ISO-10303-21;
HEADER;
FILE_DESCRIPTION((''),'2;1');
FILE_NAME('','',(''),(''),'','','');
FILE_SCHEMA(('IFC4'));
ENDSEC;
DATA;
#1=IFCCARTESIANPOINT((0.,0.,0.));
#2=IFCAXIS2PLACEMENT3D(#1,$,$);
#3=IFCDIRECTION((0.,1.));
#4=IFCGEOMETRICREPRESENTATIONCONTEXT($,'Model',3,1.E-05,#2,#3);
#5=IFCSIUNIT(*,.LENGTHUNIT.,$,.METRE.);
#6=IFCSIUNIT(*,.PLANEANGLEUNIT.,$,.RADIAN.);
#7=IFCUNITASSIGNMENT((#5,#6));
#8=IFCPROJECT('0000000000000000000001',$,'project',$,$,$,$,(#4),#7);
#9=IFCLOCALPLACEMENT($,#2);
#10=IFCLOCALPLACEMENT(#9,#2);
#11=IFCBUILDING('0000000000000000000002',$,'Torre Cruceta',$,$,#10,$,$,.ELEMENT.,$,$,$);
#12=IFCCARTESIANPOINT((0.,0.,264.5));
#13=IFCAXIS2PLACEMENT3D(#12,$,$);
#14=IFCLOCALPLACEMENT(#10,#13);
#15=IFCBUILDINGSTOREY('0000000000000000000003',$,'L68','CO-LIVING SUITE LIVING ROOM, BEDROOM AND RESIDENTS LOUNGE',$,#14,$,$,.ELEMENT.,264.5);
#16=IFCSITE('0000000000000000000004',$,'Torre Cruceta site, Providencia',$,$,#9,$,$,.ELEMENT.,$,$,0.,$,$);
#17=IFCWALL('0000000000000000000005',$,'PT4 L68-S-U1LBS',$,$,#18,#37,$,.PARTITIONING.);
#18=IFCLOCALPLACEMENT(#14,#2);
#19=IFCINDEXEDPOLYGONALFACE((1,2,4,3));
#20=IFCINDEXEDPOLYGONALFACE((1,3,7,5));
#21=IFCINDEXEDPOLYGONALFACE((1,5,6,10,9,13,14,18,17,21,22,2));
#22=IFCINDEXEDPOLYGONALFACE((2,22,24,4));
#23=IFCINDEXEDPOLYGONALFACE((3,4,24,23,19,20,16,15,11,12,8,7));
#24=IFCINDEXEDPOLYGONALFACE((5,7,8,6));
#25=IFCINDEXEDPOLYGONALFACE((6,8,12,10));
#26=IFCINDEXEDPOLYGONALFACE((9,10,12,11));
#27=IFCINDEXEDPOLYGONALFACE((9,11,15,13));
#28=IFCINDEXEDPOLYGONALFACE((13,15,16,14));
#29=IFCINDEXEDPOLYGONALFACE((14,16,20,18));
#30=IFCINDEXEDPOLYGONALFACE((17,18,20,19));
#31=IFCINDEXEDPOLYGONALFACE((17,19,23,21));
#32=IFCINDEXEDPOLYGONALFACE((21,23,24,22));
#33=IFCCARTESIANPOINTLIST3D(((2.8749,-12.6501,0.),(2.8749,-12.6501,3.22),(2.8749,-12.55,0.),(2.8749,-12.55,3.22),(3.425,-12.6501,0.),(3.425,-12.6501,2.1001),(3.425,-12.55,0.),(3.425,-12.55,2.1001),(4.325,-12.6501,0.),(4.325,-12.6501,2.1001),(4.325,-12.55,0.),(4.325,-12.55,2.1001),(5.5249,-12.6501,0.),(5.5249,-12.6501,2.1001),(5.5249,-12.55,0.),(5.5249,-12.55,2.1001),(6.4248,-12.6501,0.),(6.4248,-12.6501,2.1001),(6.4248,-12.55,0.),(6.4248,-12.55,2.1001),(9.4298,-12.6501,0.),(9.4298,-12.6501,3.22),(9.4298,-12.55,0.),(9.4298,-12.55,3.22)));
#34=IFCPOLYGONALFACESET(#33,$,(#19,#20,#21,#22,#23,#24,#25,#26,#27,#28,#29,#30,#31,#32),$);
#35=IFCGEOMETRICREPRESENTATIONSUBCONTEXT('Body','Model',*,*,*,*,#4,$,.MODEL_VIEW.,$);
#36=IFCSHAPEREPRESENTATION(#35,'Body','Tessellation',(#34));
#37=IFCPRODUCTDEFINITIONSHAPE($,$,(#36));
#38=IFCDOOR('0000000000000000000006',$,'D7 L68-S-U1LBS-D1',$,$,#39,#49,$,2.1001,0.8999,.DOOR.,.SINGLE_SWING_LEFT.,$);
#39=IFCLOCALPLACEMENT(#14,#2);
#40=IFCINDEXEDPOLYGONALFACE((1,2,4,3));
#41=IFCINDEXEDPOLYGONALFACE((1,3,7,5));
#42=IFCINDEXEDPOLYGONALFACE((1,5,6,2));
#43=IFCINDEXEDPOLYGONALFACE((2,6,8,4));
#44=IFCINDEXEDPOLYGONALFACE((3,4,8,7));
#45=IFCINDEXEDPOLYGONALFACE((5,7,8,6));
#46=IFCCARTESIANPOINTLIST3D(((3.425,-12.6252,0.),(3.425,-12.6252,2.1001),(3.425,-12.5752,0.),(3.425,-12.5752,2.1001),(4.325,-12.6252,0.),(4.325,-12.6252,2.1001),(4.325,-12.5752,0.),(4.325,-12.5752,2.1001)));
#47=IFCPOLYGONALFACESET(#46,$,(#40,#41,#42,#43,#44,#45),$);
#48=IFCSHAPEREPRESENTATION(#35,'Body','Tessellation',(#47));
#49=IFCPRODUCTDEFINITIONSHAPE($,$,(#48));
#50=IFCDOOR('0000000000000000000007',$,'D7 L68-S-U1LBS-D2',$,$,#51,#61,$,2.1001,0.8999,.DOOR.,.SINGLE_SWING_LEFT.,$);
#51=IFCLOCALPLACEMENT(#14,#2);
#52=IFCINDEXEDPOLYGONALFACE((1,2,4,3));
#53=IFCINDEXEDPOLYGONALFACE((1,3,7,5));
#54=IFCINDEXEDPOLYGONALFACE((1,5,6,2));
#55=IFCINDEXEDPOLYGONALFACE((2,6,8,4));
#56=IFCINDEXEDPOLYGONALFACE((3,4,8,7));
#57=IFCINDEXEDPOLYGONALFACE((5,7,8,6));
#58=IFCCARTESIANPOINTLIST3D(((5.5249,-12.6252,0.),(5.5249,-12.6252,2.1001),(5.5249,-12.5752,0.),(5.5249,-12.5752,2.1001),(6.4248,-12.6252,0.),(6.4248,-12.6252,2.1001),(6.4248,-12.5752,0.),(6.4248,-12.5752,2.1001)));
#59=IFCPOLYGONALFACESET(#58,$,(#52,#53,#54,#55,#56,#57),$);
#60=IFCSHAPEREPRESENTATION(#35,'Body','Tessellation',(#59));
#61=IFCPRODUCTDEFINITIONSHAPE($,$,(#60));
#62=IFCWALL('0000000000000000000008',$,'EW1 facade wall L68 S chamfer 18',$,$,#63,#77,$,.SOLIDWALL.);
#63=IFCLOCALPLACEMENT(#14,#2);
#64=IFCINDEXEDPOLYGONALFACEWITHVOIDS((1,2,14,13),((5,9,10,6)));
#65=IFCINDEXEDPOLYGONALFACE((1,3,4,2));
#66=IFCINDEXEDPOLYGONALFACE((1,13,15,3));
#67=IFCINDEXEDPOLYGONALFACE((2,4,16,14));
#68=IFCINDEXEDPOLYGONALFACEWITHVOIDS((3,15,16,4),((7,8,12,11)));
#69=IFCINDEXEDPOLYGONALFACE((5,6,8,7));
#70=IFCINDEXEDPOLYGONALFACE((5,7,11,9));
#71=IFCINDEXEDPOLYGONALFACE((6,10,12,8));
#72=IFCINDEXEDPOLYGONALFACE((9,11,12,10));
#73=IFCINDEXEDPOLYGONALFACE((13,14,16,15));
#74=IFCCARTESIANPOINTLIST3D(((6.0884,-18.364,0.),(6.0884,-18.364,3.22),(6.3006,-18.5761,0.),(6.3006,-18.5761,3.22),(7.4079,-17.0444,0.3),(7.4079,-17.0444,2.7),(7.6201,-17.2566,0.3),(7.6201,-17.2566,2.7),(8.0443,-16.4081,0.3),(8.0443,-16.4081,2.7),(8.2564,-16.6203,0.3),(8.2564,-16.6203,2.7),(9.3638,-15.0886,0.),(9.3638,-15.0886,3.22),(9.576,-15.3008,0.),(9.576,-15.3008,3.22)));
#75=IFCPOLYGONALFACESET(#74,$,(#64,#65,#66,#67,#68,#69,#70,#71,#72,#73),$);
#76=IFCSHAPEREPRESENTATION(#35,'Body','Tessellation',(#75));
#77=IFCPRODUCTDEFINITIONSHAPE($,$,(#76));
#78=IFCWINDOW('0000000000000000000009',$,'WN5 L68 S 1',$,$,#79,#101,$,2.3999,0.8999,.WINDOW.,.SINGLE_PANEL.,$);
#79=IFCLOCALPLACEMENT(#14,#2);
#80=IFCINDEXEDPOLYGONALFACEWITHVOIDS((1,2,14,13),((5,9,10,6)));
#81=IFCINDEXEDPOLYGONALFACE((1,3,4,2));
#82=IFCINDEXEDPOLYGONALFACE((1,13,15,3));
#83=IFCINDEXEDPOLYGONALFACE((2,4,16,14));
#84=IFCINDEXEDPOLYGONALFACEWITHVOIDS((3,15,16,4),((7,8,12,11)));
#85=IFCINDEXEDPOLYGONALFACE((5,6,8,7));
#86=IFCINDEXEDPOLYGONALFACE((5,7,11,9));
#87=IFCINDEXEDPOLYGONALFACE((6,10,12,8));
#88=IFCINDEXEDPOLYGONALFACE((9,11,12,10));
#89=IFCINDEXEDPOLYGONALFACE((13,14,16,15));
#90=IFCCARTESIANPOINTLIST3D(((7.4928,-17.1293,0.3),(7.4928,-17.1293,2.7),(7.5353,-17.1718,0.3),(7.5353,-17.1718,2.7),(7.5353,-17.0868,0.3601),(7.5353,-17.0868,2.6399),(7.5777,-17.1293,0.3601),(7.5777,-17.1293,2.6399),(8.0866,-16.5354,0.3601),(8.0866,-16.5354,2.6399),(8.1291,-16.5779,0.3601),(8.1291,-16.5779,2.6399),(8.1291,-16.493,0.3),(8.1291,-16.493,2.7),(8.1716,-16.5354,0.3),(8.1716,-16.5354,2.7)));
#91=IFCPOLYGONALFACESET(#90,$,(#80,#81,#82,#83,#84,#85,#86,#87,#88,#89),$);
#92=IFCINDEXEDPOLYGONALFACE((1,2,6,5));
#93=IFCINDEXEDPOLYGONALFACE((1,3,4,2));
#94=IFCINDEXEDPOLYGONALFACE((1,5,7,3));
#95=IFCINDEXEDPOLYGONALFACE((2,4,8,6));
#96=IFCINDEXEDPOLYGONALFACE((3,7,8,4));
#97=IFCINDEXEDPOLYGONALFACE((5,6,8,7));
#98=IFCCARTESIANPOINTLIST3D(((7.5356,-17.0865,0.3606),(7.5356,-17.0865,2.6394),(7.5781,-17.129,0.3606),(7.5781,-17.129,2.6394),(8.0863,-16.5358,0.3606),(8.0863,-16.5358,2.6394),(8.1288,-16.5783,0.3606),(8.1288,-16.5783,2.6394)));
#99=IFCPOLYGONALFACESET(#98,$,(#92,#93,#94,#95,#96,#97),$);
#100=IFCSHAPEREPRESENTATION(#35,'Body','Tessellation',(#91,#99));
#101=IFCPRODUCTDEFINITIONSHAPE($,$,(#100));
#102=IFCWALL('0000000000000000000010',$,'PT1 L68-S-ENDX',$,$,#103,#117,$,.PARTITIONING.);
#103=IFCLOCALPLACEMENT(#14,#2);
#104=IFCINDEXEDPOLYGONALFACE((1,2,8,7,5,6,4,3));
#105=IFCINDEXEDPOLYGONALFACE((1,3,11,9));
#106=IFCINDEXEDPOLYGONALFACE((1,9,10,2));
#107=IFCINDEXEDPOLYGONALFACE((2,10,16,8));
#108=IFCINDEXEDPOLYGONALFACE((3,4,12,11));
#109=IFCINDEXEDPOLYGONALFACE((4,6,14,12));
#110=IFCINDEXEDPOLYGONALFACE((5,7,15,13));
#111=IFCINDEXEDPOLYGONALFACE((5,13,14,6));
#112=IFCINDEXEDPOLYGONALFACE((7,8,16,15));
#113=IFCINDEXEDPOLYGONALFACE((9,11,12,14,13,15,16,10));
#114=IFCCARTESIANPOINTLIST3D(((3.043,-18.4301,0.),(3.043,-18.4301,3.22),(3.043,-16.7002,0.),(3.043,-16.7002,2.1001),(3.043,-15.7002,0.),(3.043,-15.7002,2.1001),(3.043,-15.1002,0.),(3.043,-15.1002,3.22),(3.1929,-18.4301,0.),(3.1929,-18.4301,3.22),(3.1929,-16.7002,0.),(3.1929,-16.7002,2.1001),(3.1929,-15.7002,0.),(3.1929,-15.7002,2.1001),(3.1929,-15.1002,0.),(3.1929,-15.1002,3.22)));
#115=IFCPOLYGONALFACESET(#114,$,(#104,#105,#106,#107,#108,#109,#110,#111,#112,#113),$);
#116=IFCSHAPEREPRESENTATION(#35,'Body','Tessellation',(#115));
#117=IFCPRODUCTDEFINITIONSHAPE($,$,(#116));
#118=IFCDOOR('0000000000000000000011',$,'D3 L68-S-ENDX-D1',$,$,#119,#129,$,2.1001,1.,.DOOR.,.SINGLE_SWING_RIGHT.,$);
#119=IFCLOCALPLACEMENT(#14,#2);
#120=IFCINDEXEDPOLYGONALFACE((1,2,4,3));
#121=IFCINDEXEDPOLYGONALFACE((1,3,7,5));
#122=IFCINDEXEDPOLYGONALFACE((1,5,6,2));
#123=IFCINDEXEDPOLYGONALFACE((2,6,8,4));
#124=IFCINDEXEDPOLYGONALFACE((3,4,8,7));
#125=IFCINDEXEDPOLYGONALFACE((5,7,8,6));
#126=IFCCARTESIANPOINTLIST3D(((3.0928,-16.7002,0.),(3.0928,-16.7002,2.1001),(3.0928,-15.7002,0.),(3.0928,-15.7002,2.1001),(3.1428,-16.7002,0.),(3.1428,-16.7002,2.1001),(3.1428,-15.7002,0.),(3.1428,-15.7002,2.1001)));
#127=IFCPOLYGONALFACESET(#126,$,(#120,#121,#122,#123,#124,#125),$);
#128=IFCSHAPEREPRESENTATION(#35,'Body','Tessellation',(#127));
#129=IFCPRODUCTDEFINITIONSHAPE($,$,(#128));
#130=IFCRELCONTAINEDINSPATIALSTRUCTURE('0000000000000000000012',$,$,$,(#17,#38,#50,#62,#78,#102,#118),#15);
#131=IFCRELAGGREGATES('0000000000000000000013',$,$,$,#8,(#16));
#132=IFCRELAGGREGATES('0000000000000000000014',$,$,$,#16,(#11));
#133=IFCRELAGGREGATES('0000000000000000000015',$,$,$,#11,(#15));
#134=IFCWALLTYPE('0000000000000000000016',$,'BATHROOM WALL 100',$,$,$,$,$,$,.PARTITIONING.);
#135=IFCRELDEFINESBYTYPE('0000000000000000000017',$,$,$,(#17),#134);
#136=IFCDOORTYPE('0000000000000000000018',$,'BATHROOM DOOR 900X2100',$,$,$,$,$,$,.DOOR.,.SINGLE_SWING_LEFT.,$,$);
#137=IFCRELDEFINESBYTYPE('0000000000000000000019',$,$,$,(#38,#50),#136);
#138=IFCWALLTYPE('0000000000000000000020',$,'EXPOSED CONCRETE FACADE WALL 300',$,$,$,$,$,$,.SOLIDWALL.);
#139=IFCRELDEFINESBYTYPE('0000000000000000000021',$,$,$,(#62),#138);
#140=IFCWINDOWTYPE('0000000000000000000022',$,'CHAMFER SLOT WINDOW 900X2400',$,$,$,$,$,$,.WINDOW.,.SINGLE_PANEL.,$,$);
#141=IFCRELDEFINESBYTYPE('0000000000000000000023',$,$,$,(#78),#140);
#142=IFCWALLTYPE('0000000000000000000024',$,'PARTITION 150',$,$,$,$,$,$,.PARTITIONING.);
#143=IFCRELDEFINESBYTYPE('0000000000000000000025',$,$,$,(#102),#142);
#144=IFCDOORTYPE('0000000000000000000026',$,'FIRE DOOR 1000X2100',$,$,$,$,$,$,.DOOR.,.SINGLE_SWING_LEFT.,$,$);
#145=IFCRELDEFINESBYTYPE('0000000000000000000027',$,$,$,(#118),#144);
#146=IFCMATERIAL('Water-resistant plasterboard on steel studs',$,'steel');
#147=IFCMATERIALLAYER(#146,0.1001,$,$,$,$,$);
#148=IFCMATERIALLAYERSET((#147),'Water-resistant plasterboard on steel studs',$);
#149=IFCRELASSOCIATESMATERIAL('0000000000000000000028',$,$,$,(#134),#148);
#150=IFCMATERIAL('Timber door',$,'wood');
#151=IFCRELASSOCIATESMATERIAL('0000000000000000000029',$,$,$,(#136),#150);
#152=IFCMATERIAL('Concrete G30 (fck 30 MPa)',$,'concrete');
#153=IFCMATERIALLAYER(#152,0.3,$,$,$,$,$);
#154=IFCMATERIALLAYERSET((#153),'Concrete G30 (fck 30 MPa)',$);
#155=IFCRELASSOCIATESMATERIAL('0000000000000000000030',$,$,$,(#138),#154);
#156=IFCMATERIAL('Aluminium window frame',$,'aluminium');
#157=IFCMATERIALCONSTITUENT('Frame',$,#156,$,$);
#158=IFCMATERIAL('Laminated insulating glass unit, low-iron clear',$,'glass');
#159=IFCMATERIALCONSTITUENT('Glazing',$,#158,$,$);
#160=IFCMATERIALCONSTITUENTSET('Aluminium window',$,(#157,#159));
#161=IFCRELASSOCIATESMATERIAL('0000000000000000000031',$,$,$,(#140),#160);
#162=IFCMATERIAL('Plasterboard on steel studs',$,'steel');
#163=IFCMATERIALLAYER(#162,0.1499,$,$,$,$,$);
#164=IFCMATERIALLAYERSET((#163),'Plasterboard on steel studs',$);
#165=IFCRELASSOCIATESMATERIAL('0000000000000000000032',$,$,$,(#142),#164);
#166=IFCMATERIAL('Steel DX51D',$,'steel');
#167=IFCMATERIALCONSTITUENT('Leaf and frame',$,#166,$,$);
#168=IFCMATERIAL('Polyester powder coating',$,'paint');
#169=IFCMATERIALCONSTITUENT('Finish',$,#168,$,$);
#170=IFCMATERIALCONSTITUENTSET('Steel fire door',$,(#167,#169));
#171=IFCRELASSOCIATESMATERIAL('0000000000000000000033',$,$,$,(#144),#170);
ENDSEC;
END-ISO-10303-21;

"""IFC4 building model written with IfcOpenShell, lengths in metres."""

from ifc_helpers import new_model, si_unit, direction, frame, frame_2d, origin, place, context, subcontext, project, spatial, rectangle, hollow_rectangle, extrude, material, layer, layer_set, constituent, constituent_set, type_object, element, fill, save


model = new_model("IFC4")

# Units and contexts
model_context = context("Model", 3, precision=1e-05, world=origin(), true_north=direction((0.0, 1.0)))
body_context = subcontext(model_context, "Body", "Model", "MODEL_VIEW")
ifc_project = project(units=[si_unit("LENGTHUNIT", "METRE"), si_unit("PLANEANGLEUNIT", "RADIAN")], contexts=[model_context])

# Site, building, storey
site_placement = place(None, origin())
site = spatial("IfcSite", under=ifc_project, at=site_placement, Name="Torre Cruceta site, Providencia", CompositionType="ELEMENT", RefElevation=0.0)
building_placement = place(site_placement, origin())
building = spatial("IfcBuilding", under=site, at=building_placement, Name="Torre Cruceta", CompositionType="ELEMENT")
storey_placement = place(building_placement, frame((0.0, 0.0, 264.5)))
storey = spatial("IfcBuildingStorey", under=building, at=storey_placement, Name="L68", Description="CO-LIVING SUITE LIVING ROOM, BEDROOM AND RESIDENTS LOUNGE", CompositionType="ELEMENT", Elevation=264.5)

# Wall, openings, doors
ifc_material_1 = material(Name="Water-resistant plasterboard on steel studs", Category="steel")
ifc_layer_1 = layer(ifc_material_1, 0.1001)
ifc_layer_set_1 = layer_set([ifc_layer_1], Name="Water-resistant plasterboard on steel studs")
wall_type_1 = type_object("IfcWallType", Name="BATHROOM WALL 100", PredefinedType="PARTITIONING", material=ifc_layer_set_1)
wall_1_placement = place(storey_placement, frame((2.875, -12.6001, 0.0), z_axis=(0.0, 0.0, 1.0), x_axis=(1.0, 0.0, 0.0)))
wall_1 = element("IfcWall", 1, at=wall_1_placement, inside=storey, type_object=wall_type_1, Name="PT4 L68-S-U1LBS", PredefinedType="PARTITIONING", context=body_context, shape_type="SweptSolid", body=[
    extrude(rectangle(XDim=6.5549, YDim=0.1001, at=frame_2d((3.2773, 0.0))), origin(), (0.0, 0.0, 1.0), 3.22),
])
opening_1_placement = place(wall_1_placement, frame((0.55, 0.0, 0.0)))
opening_1 = element("IfcOpeningElement", 2, at=opening_1_placement, cuts=wall_1, PredefinedType="OPENING", context=body_context, shape_type="SweptSolid", body=[
    extrude(rectangle(XDim=0.8999, YDim=2.1001, at=frame_2d((0.45, 1.05))), frame((0.0, 0.0601, 0.0), z_axis=(0.0, -1.0, 0.0), x_axis=(1.0, 0.0, 0.0)), (0.0, 0.0, 1.0), 0.1201),
])
opening_2_placement = place(wall_1_placement, frame((2.6499, 0.0, 0.0)))
opening_2 = element("IfcOpeningElement", 3, at=opening_2_placement, cuts=wall_1, PredefinedType="OPENING", context=body_context, shape_type="SweptSolid", body=[
    extrude(rectangle(XDim=0.8999, YDim=2.1001, at=frame_2d((0.45, 1.05))), frame((0.0, 0.0601, 0.0), z_axis=(0.0, -1.0, 0.0), x_axis=(1.0, 0.0, 0.0)), (0.0, 0.0, 1.0), 0.1201),
])
ifc_material_2 = material(Name="Timber door", Category="wood")
door_type_1 = type_object("IfcDoorType", Name="BATHROOM DOOR 900X2100", OperationType="SINGLE_SWING_LEFT", PredefinedType="DOOR", material=ifc_material_2)
door_1_placement = place(opening_1_placement, origin())
door_1 = element("IfcDoor", 4, at=door_1_placement, inside=storey, type_object=door_type_1, Name="D7 L68-S-U1LBS-D1", OperationType="SINGLE_SWING_LEFT", OverallHeight=2.1001, OverallWidth=0.8999, PredefinedType="DOOR", context=body_context, shape_type="SweptSolid", body=[
    extrude(rectangle(XDim=0.8999, YDim=2.1001, at=frame_2d((0.45, 1.05))), frame((0.0, 0.0249, 0.0), z_axis=(0.0, -1.0, 0.0), x_axis=(1.0, 0.0, 0.0)), (0.0, 0.0, 1.0), 0.05),
])
fill(opening_1, door_1)
door_2_placement = place(opening_2_placement, origin())
door_2 = element("IfcDoor", 5, at=door_2_placement, inside=storey, type_object=door_type_1, Name="D7 L68-S-U1LBS-D2", OperationType="SINGLE_SWING_LEFT", OverallHeight=2.1001, OverallWidth=0.8999, PredefinedType="DOOR", context=body_context, shape_type="SweptSolid", body=[
    extrude(rectangle(XDim=0.8999, YDim=2.1001, at=frame_2d((0.45, 1.05))), frame((0.0, 0.0249, 0.0), z_axis=(0.0, -1.0, 0.0), x_axis=(1.0, 0.0, 0.0)), (0.0, 0.0, 1.0), 0.05),
])
fill(opening_2, door_2)

# Wall, opening, window
ifc_material_3 = material(Name="Concrete G30 (fck 30 MPa)", Category="concrete")
ifc_layer_2 = layer(ifc_material_3, 0.3)
ifc_layer_set_2 = layer_set([ifc_layer_2], Name="Concrete G30 (fck 30 MPa)")
wall_type_2 = type_object("IfcWallType", Name="EXPOSED CONCRETE FACADE WALL 300", PredefinedType="SOLIDWALL", material=ifc_layer_set_2)
wall_2_placement = place(storey_placement, frame((6.1946, -18.47, 0.0), z_axis=(0.0, 0.0, 1.0), x_axis=(0.707107, 0.707107, 0.0)))
wall_2 = element("IfcWall", 6, at=wall_2_placement, inside=storey, type_object=wall_type_2, Name="EW1 facade wall L68 S chamfer 18", PredefinedType="SOLIDWALL", context=body_context, shape_type="SweptSolid", body=[
    extrude(rectangle(XDim=4.6321, YDim=0.3, at=frame_2d((2.3159, 0.0))), origin(), (0.0, 0.0, 1.0), 3.22),
])
opening_3_placement = place(wall_2_placement, frame((1.866, 0.0, 0.3)))
opening_3 = element("IfcOpeningElement", 7, at=opening_3_placement, cuts=wall_2, PredefinedType="OPENING", context=body_context, shape_type="SweptSolid", body=[
    extrude(rectangle(XDim=0.8999, YDim=2.3999, at=frame_2d((0.45, 1.2))), frame((0.0, 0.1599, 0.0), z_axis=(0.0, -1.0, 0.0), x_axis=(1.0, 0.0, 0.0)), (0.0, 0.0, 1.0), 0.3201),
])
ifc_material_4 = material(Name="Aluminium window frame", Category="aluminium")
ifc_constituent_1 = constituent(ifc_material_4, Name="Frame")
ifc_material_5 = material(Name="Laminated insulating glass unit, low-iron clear", Category="glass")
ifc_constituent_2 = constituent(ifc_material_5, Name="Glazing")
ifc_constituent_set_1 = constituent_set(constituents=[ifc_constituent_1, ifc_constituent_2], Name="Aluminium window")
window_type = type_object("IfcWindowType", Name="CHAMFER SLOT WINDOW 900X2400", PartitioningType="SINGLE_PANEL", PredefinedType="WINDOW", material=ifc_constituent_set_1)
window_placement = place(opening_3_placement, origin())
window = element("IfcWindow", 8, at=window_placement, inside=storey, type_object=window_type, Name="WN5 L68 S 1", OverallHeight=2.3999, OverallWidth=0.8999, PartitioningType="SINGLE_PANEL", PredefinedType="WINDOW", context=body_context, shape_type="SweptSolid", body=[
    extrude(hollow_rectangle(XDim=0.8999, YDim=2.3999, WallThickness=0.0601, at=frame_2d((0.45, 1.2))), frame((0.0, 0.03, 0.0), z_axis=(0.0, -1.0, 0.0), x_axis=(1.0, 0.0, 0.0)), (0.0, 0.0, 1.0), 0.0601),
    extrude(rectangle(XDim=0.7788, YDim=2.2788, at=frame_2d((0.45, 1.2))), frame((0.0, 0.03, 0.0), z_axis=(0.0, -1.0, 0.0), x_axis=(1.0, 0.0, 0.0)), (0.0, 0.0, 1.0), 0.0601),
])
fill(opening_3, window)

# Wall, opening, door
ifc_material_6 = material(Name="Plasterboard on steel studs", Category="steel")
ifc_layer_3 = layer(ifc_material_6, 0.1499)
ifc_layer_set_3 = layer_set([ifc_layer_3], Name="Plasterboard on steel studs")
wall_type_3 = type_object("IfcWallType", Name="PARTITION 150", PredefinedType="PARTITIONING", material=ifc_layer_set_3)
wall_3_placement = place(storey_placement, frame((3.1179, -15.1001, 0.0), z_axis=(0.0, 0.0, 1.0), x_axis=(0.0, -1.0, 0.0)))
wall_3 = element("IfcWall", 9, at=wall_3_placement, inside=storey, type_object=wall_type_3, Name="PT1 L68-S-ENDX", PredefinedType="PARTITIONING", context=body_context, shape_type="SweptSolid", body=[
    extrude(rectangle(XDim=3.3298, YDim=0.1499, at=frame_2d((1.665, 0.0))), origin(), (0.0, 0.0, 1.0), 3.22),
])
opening_4_placement = place(wall_3_placement, frame((0.6001, 0.0, 0.0)))
opening_4 = element("IfcOpeningElement", 10, at=opening_4_placement, cuts=wall_3, PredefinedType="OPENING", context=body_context, shape_type="SweptSolid", body=[
    extrude(rectangle(XDim=1.0, YDim=2.1001, at=frame_2d((0.5, 1.05))), frame((0.0, 0.085, 0.0), z_axis=(0.0, -1.0, 0.0), x_axis=(1.0, 0.0, 0.0)), (0.0, 0.0, 1.0), 0.1699),
])
ifc_material_7 = material(Name="Steel DX51D", Category="steel")
ifc_constituent_3 = constituent(ifc_material_7, Name="Leaf and frame")
ifc_material_8 = material(Name="Polyester powder coating", Category="paint")
ifc_constituent_4 = constituent(ifc_material_8, Name="Finish")
ifc_constituent_set_2 = constituent_set(constituents=[ifc_constituent_3, ifc_constituent_4], Name="Steel fire door")
door_type_2 = type_object("IfcDoorType", Name="FIRE DOOR 1000X2100", OperationType="SINGLE_SWING_LEFT", PredefinedType="DOOR", material=ifc_constituent_set_2)
door_3_placement = place(opening_4_placement, frame((1.0, 0.0, 0.0), z_axis=(0.0, 0.0, 1.0), x_axis=(-1.0, 0.0, 0.0)))
door_3 = element("IfcDoor", 11, at=door_3_placement, inside=storey, type_object=door_type_2, Name="D3 L68-S-ENDX-D1", OperationType="SINGLE_SWING_RIGHT", OverallHeight=2.1001, OverallWidth=1.0, PredefinedType="DOOR", context=body_context, shape_type="SweptSolid", body=[
    extrude(rectangle(XDim=1.0, YDim=2.1001, at=frame_2d((0.5, 1.05))), frame((0.0, 0.0251, 0.0), z_axis=(0.0, -1.0, 0.0), x_axis=(1.0, 0.0, 0.0)), (0.0, 0.0, 1.0), 0.05),
])
fill(opening_4, door_3)

save(model, "model.ifc")
